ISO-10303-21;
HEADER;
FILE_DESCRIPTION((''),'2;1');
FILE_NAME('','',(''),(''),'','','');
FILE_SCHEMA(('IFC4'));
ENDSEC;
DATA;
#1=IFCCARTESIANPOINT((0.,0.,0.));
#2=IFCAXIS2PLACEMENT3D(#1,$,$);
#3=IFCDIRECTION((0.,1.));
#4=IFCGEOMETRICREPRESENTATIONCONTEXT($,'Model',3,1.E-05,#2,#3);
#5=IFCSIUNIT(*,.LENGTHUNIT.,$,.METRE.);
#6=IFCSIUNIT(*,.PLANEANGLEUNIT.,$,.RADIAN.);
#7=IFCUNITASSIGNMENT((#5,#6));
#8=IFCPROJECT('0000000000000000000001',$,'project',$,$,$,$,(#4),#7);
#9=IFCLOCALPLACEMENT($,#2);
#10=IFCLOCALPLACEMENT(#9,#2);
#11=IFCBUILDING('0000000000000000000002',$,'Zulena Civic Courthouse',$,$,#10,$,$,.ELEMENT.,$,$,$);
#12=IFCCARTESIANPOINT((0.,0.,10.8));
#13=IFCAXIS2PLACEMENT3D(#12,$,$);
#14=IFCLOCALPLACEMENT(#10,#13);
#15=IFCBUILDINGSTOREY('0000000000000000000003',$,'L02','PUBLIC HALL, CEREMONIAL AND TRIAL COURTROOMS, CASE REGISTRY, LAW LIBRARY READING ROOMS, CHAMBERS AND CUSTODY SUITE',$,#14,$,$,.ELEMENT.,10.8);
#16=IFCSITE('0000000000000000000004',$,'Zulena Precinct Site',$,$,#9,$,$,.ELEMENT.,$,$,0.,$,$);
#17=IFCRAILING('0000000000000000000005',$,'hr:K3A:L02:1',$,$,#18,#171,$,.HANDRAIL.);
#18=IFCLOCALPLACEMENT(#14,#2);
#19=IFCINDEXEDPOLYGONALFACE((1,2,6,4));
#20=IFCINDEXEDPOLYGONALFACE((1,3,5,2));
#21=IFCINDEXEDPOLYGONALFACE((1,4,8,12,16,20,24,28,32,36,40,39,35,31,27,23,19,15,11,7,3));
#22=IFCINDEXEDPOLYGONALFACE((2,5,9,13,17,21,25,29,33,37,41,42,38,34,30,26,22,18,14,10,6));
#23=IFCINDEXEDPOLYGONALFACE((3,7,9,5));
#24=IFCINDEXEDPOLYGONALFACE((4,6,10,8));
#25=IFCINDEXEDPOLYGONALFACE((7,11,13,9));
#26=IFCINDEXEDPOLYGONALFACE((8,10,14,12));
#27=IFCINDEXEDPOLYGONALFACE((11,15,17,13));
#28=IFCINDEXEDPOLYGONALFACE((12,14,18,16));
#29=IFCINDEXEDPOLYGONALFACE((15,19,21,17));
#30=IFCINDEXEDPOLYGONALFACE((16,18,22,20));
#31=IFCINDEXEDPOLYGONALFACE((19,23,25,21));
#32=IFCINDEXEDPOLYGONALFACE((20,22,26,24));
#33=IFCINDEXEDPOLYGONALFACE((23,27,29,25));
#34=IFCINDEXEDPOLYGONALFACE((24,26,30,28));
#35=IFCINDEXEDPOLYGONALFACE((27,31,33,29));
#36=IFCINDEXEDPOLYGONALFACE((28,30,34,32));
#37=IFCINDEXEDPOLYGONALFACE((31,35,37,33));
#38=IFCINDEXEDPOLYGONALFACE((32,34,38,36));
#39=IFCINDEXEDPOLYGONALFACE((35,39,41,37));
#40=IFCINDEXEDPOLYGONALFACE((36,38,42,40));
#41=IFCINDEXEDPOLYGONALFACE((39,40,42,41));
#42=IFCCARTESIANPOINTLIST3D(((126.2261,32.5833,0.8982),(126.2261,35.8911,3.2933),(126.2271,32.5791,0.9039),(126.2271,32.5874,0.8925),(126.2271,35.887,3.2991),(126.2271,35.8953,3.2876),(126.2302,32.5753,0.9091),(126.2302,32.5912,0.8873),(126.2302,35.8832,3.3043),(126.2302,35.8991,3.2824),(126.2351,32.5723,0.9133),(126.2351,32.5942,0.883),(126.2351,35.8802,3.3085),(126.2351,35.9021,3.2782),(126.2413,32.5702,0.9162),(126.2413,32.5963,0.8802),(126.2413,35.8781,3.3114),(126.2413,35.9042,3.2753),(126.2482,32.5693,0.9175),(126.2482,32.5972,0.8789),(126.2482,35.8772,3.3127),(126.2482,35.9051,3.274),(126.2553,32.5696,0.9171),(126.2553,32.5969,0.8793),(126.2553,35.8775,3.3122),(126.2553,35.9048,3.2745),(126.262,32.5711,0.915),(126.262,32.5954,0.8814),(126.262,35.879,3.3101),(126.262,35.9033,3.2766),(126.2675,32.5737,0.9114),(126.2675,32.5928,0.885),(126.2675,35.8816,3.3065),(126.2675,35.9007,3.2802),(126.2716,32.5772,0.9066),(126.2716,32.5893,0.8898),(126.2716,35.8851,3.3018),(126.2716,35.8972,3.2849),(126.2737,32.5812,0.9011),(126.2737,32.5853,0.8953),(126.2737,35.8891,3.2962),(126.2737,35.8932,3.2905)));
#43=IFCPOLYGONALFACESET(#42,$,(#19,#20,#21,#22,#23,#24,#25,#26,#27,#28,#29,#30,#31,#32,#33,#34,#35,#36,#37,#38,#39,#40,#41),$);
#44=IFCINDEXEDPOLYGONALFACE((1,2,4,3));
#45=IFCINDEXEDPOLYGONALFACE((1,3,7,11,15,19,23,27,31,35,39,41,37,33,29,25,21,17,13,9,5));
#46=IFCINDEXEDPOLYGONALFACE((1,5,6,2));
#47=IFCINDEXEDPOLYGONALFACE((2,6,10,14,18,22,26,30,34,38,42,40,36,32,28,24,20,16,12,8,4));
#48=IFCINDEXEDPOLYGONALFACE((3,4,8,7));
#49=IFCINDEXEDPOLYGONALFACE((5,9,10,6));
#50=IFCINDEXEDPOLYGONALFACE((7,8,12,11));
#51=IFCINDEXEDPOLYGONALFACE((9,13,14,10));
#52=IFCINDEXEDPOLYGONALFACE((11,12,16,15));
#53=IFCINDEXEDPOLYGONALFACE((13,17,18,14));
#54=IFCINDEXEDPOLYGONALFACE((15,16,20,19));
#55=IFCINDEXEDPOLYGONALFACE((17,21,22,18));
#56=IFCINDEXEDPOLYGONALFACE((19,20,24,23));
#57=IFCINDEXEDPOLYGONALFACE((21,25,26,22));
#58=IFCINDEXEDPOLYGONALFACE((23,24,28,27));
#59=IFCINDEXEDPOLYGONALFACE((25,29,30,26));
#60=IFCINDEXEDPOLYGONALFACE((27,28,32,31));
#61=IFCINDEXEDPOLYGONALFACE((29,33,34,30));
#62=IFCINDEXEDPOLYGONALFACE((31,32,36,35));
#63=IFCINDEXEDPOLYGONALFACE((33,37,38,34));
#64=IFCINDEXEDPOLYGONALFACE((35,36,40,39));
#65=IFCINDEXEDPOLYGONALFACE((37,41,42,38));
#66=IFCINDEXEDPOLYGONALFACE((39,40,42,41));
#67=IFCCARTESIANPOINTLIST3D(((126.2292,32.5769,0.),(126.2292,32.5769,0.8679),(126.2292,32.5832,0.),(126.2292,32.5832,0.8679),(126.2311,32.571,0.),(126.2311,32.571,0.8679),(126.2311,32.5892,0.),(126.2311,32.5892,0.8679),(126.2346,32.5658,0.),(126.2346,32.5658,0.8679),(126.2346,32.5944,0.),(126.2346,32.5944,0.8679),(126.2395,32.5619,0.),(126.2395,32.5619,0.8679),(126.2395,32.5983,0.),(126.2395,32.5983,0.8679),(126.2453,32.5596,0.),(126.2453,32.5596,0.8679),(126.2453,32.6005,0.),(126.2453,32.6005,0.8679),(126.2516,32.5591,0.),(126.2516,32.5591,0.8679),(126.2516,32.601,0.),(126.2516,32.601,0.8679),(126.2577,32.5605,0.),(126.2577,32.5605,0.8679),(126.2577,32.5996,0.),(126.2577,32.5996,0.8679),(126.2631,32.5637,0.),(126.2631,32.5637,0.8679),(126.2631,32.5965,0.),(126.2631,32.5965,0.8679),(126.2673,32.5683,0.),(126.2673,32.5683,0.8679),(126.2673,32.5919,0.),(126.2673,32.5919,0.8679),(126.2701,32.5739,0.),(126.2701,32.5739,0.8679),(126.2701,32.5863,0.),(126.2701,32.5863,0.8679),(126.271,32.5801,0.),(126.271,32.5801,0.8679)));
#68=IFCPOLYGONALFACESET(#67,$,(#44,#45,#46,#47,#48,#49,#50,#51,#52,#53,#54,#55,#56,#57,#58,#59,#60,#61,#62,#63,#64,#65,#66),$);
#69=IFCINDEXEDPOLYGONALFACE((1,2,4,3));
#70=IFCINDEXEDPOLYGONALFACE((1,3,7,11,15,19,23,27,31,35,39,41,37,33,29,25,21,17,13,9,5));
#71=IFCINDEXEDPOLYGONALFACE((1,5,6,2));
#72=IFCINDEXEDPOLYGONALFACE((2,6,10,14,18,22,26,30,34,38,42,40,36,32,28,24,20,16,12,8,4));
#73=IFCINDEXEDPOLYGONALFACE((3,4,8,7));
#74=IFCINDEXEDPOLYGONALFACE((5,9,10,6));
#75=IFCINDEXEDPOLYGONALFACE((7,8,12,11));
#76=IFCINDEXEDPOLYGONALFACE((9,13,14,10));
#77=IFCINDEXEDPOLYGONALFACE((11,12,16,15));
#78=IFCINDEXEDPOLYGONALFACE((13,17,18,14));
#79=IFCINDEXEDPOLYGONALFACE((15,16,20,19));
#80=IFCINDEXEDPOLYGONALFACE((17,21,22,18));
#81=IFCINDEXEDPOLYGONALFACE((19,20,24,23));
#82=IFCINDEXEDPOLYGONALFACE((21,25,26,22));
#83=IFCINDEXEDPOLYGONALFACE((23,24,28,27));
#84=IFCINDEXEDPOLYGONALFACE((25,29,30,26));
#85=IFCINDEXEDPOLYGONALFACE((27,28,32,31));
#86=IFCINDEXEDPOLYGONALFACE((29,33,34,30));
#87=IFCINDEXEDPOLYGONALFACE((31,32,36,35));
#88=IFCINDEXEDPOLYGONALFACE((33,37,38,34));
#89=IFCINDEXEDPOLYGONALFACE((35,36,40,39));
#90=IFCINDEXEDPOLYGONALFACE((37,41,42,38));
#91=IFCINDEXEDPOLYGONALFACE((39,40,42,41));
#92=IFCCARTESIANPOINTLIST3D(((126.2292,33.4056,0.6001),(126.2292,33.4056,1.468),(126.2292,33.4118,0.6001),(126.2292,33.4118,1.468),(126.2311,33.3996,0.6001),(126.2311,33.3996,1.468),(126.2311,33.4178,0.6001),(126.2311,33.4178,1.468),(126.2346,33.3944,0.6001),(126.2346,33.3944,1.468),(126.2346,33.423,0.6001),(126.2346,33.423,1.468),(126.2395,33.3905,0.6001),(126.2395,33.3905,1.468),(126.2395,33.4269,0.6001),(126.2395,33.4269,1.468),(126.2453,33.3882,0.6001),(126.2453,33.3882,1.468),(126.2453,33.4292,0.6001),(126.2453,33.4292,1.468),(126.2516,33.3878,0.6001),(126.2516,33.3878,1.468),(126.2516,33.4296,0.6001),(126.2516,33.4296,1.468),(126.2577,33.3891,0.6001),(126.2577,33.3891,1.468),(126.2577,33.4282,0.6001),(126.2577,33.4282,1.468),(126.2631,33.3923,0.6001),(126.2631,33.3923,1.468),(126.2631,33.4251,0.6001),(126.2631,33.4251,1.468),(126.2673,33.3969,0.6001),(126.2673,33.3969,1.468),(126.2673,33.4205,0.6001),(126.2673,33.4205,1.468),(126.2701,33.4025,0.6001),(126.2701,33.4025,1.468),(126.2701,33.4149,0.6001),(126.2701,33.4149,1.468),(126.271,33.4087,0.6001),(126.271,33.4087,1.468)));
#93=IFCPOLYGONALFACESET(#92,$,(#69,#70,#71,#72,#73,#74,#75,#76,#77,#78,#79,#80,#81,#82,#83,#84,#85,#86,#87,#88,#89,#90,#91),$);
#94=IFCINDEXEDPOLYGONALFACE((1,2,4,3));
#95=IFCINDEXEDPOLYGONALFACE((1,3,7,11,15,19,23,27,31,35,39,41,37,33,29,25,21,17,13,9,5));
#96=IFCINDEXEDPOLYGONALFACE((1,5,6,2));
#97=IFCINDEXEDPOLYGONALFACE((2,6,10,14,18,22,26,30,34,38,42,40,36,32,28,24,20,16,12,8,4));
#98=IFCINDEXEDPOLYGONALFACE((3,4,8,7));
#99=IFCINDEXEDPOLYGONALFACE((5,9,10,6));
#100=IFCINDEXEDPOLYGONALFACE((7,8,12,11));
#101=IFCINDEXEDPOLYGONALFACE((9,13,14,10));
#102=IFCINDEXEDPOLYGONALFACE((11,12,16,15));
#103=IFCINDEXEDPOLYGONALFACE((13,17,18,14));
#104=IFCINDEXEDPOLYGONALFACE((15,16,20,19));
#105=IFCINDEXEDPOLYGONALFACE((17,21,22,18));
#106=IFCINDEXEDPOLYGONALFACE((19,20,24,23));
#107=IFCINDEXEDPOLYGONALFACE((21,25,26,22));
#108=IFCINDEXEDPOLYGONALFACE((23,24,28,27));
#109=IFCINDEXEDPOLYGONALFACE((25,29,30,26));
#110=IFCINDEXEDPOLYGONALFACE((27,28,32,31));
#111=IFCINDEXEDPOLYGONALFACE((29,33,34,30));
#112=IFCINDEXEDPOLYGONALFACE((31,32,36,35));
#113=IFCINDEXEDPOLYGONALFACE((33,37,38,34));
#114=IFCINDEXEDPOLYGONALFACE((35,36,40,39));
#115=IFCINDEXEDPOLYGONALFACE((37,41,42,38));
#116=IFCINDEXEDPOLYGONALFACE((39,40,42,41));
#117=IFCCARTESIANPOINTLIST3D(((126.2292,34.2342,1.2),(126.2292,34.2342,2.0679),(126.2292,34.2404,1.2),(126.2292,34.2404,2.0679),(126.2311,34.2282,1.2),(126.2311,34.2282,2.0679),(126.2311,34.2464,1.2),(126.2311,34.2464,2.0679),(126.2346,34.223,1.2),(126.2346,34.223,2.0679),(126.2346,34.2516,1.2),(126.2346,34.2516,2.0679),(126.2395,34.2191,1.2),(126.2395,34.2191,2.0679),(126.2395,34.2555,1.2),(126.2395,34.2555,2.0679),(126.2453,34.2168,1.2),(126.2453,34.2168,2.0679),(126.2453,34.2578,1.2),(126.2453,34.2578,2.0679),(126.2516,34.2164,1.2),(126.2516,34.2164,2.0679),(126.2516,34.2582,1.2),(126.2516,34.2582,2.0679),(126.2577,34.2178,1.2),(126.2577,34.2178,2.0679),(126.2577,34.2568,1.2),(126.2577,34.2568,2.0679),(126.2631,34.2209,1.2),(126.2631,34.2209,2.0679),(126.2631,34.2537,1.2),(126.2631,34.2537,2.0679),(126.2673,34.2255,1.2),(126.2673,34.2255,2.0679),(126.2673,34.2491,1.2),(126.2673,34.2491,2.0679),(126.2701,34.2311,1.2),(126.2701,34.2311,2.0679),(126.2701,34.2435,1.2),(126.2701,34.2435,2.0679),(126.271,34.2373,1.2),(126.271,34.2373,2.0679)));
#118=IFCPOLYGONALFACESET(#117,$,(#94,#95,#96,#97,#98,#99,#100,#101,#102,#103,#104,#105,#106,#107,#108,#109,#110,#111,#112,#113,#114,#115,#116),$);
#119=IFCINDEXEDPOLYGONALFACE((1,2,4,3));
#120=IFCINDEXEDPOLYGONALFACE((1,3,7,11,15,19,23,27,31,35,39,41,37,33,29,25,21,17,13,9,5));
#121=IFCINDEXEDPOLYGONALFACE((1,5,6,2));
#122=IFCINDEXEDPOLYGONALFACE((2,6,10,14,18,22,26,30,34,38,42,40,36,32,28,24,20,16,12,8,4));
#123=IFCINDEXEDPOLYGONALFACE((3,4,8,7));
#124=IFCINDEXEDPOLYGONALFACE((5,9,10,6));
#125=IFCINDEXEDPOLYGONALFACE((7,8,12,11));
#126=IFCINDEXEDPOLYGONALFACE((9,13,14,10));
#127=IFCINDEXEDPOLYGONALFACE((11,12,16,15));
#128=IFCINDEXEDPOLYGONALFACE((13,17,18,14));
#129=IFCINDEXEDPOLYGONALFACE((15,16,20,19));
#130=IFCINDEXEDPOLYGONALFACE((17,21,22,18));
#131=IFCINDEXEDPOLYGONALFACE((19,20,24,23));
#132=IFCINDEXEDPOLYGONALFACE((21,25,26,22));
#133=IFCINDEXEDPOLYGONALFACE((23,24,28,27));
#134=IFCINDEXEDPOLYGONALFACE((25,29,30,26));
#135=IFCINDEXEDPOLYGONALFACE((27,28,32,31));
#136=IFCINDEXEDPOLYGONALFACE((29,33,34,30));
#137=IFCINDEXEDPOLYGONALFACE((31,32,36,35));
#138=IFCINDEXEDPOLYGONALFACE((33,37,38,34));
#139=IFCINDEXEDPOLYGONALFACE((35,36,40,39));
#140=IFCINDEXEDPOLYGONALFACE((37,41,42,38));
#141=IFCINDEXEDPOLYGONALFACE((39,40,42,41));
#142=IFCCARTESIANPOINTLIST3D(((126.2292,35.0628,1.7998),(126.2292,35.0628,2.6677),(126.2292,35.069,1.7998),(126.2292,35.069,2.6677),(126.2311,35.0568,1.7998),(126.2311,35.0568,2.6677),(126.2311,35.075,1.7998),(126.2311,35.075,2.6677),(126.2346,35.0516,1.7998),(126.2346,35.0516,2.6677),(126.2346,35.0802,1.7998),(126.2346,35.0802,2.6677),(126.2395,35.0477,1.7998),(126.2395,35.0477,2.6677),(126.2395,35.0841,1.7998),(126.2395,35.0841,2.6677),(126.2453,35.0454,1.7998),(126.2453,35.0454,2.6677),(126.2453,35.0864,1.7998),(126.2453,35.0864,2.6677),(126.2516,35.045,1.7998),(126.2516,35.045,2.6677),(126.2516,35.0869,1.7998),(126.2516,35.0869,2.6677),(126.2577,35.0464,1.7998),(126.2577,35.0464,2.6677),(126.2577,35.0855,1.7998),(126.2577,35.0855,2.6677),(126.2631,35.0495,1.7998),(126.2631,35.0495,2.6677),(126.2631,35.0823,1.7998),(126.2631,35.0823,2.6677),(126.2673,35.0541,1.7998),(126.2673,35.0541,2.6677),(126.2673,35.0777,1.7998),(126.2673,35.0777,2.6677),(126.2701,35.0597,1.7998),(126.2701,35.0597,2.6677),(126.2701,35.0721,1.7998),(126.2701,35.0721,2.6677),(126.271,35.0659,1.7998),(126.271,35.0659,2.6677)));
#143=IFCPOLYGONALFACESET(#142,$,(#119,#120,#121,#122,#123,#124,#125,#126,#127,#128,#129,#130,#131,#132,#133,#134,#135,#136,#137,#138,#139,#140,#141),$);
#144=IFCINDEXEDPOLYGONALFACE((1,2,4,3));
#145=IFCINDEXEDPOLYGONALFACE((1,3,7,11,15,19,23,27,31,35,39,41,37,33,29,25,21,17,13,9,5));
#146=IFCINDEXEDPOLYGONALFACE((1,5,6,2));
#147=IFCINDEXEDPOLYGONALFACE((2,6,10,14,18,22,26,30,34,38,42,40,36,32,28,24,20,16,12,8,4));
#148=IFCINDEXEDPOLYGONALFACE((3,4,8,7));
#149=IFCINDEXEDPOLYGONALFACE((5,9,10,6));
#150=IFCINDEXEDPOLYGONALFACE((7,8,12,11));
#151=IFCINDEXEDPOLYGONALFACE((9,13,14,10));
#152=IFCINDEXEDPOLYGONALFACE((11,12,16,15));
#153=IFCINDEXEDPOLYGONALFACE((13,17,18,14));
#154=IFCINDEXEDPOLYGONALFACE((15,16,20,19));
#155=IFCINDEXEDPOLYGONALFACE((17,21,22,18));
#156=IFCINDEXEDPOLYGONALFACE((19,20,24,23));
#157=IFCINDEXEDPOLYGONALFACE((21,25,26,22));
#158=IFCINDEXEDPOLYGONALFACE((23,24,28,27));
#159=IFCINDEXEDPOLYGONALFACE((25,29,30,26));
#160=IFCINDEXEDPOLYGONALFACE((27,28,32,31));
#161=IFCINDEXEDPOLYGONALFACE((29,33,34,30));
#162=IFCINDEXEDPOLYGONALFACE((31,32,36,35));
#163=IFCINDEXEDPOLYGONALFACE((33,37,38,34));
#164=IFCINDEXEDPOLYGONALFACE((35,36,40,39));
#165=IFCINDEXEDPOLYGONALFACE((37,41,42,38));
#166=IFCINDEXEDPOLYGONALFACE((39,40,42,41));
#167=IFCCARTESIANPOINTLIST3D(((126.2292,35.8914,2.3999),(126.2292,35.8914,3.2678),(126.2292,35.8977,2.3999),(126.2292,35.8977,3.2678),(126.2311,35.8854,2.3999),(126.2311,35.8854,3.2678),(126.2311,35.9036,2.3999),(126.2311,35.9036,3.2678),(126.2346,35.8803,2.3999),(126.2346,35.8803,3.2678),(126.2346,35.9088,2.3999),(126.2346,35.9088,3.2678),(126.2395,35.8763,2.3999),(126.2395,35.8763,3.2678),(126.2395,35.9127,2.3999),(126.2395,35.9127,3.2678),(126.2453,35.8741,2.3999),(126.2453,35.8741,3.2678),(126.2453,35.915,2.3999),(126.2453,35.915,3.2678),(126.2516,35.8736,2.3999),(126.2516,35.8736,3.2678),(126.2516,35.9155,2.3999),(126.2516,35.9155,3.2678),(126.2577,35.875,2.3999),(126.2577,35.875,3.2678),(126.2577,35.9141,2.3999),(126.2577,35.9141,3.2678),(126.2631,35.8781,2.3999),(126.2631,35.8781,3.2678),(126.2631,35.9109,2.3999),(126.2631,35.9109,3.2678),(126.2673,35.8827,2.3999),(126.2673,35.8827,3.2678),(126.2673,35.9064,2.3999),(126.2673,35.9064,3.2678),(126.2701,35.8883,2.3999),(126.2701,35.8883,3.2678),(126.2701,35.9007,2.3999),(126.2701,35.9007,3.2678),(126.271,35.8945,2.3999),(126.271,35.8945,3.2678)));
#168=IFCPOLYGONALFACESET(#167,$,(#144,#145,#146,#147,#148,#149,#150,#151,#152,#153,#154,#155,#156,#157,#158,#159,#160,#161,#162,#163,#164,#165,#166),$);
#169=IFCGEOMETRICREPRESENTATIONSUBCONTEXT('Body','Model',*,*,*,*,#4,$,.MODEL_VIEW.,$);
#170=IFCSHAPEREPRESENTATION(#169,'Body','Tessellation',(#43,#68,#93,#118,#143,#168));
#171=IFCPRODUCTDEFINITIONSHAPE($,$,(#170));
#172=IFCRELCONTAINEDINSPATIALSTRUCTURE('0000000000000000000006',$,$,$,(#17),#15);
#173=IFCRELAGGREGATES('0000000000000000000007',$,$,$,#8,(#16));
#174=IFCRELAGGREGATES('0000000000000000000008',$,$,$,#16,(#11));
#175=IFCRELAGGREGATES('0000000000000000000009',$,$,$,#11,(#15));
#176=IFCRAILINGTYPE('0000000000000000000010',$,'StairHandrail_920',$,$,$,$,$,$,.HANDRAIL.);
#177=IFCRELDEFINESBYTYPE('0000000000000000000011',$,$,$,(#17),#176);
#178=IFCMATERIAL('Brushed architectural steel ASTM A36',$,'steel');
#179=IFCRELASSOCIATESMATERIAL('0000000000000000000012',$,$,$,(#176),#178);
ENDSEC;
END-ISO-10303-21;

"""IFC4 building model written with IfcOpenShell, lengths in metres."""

from ifc_helpers import new_model, si_unit, direction, frame, origin, origin_2d, place, context, subcontext, project, spatial, circle, extrude, material, type_object, element, save


model = new_model("IFC4")

# Units and contexts
model_context = context("Model", 3, precision=1e-05, world=origin(), true_north=direction((0.0, 1.0)))
body_context = subcontext(model_context, "Body", "Model", "MODEL_VIEW")
ifc_project = project(units=[si_unit("LENGTHUNIT", "METRE"), si_unit("PLANEANGLEUNIT", "RADIAN")], contexts=[model_context])

# Site, building, storey
site_placement = place(None, origin())
site = spatial("IfcSite", under=ifc_project, at=site_placement, Name="Zulena Precinct Site", CompositionType="ELEMENT", RefElevation=0.0)
building_placement = place(site_placement, origin())
building = spatial("IfcBuilding", under=site, at=building_placement, Name="Zulena Civic Courthouse", CompositionType="ELEMENT")
storey_placement = place(building_placement, frame((0.0, 0.0, 10.8)))
storey = spatial("IfcBuildingStorey", under=building, at=storey_placement, Name="L02", Description="PUBLIC HALL, CEREMONIAL AND TRIAL COURTROOMS, CASE REGISTRY, LAW LIBRARY READING ROOMS, CHAMBERS AND CUSTODY SUITE", CompositionType="ELEMENT", Elevation=10.8)

# Railing
ifc_material_1 = material(Name="Brushed architectural steel ASTM A36", Category="steel")
railing_type_1 = type_object("IfcRailingType", Name="StairHandrail_920", PredefinedType="HANDRAIL", material=ifc_material_1)
railing_1_placement = place(storey_placement, frame((126.25, 32.5801, 0.0)))
element("IfcRailing", 1, at=railing_1_placement, inside=storey, type_object=railing_type_1, Name="hr:K3A:L02:1", PredefinedType="HANDRAIL", context=body_context, shape_type="SweptSolid", body=[
    extrude(circle(Radius=0.0239, at=origin_2d()), frame((0.0, 0.0032, 0.8982), z_axis=(0.0, 0.809968, 0.586475), x_axis=(-1.0, 0.0, 0.0)), (0.0, 0.0, 1.0), 4.084),
    extrude(circle(Radius=0.021, at=origin_2d()), origin(), (0.0, 0.0, 1.0), 0.8679),
    extrude(circle(Radius=0.021, at=origin_2d()), frame((0.0, 0.8286, 0.6001)), (0.0, 0.0, 1.0), 0.8679),
    extrude(circle(Radius=0.021, at=origin_2d()), frame((0.0, 1.6572, 1.2)), (0.0, 0.0, 1.0), 0.8679),
    extrude(circle(Radius=0.021, at=origin_2d()), frame((0.0, 2.4858, 1.7998)), (0.0, 0.0, 1.0), 0.8679),
    extrude(circle(Radius=0.021, at=origin_2d()), frame((0.0, 3.3145, 2.3999)), (0.0, 0.0, 1.0), 0.8679),
])

save(model, "model.ifc")
